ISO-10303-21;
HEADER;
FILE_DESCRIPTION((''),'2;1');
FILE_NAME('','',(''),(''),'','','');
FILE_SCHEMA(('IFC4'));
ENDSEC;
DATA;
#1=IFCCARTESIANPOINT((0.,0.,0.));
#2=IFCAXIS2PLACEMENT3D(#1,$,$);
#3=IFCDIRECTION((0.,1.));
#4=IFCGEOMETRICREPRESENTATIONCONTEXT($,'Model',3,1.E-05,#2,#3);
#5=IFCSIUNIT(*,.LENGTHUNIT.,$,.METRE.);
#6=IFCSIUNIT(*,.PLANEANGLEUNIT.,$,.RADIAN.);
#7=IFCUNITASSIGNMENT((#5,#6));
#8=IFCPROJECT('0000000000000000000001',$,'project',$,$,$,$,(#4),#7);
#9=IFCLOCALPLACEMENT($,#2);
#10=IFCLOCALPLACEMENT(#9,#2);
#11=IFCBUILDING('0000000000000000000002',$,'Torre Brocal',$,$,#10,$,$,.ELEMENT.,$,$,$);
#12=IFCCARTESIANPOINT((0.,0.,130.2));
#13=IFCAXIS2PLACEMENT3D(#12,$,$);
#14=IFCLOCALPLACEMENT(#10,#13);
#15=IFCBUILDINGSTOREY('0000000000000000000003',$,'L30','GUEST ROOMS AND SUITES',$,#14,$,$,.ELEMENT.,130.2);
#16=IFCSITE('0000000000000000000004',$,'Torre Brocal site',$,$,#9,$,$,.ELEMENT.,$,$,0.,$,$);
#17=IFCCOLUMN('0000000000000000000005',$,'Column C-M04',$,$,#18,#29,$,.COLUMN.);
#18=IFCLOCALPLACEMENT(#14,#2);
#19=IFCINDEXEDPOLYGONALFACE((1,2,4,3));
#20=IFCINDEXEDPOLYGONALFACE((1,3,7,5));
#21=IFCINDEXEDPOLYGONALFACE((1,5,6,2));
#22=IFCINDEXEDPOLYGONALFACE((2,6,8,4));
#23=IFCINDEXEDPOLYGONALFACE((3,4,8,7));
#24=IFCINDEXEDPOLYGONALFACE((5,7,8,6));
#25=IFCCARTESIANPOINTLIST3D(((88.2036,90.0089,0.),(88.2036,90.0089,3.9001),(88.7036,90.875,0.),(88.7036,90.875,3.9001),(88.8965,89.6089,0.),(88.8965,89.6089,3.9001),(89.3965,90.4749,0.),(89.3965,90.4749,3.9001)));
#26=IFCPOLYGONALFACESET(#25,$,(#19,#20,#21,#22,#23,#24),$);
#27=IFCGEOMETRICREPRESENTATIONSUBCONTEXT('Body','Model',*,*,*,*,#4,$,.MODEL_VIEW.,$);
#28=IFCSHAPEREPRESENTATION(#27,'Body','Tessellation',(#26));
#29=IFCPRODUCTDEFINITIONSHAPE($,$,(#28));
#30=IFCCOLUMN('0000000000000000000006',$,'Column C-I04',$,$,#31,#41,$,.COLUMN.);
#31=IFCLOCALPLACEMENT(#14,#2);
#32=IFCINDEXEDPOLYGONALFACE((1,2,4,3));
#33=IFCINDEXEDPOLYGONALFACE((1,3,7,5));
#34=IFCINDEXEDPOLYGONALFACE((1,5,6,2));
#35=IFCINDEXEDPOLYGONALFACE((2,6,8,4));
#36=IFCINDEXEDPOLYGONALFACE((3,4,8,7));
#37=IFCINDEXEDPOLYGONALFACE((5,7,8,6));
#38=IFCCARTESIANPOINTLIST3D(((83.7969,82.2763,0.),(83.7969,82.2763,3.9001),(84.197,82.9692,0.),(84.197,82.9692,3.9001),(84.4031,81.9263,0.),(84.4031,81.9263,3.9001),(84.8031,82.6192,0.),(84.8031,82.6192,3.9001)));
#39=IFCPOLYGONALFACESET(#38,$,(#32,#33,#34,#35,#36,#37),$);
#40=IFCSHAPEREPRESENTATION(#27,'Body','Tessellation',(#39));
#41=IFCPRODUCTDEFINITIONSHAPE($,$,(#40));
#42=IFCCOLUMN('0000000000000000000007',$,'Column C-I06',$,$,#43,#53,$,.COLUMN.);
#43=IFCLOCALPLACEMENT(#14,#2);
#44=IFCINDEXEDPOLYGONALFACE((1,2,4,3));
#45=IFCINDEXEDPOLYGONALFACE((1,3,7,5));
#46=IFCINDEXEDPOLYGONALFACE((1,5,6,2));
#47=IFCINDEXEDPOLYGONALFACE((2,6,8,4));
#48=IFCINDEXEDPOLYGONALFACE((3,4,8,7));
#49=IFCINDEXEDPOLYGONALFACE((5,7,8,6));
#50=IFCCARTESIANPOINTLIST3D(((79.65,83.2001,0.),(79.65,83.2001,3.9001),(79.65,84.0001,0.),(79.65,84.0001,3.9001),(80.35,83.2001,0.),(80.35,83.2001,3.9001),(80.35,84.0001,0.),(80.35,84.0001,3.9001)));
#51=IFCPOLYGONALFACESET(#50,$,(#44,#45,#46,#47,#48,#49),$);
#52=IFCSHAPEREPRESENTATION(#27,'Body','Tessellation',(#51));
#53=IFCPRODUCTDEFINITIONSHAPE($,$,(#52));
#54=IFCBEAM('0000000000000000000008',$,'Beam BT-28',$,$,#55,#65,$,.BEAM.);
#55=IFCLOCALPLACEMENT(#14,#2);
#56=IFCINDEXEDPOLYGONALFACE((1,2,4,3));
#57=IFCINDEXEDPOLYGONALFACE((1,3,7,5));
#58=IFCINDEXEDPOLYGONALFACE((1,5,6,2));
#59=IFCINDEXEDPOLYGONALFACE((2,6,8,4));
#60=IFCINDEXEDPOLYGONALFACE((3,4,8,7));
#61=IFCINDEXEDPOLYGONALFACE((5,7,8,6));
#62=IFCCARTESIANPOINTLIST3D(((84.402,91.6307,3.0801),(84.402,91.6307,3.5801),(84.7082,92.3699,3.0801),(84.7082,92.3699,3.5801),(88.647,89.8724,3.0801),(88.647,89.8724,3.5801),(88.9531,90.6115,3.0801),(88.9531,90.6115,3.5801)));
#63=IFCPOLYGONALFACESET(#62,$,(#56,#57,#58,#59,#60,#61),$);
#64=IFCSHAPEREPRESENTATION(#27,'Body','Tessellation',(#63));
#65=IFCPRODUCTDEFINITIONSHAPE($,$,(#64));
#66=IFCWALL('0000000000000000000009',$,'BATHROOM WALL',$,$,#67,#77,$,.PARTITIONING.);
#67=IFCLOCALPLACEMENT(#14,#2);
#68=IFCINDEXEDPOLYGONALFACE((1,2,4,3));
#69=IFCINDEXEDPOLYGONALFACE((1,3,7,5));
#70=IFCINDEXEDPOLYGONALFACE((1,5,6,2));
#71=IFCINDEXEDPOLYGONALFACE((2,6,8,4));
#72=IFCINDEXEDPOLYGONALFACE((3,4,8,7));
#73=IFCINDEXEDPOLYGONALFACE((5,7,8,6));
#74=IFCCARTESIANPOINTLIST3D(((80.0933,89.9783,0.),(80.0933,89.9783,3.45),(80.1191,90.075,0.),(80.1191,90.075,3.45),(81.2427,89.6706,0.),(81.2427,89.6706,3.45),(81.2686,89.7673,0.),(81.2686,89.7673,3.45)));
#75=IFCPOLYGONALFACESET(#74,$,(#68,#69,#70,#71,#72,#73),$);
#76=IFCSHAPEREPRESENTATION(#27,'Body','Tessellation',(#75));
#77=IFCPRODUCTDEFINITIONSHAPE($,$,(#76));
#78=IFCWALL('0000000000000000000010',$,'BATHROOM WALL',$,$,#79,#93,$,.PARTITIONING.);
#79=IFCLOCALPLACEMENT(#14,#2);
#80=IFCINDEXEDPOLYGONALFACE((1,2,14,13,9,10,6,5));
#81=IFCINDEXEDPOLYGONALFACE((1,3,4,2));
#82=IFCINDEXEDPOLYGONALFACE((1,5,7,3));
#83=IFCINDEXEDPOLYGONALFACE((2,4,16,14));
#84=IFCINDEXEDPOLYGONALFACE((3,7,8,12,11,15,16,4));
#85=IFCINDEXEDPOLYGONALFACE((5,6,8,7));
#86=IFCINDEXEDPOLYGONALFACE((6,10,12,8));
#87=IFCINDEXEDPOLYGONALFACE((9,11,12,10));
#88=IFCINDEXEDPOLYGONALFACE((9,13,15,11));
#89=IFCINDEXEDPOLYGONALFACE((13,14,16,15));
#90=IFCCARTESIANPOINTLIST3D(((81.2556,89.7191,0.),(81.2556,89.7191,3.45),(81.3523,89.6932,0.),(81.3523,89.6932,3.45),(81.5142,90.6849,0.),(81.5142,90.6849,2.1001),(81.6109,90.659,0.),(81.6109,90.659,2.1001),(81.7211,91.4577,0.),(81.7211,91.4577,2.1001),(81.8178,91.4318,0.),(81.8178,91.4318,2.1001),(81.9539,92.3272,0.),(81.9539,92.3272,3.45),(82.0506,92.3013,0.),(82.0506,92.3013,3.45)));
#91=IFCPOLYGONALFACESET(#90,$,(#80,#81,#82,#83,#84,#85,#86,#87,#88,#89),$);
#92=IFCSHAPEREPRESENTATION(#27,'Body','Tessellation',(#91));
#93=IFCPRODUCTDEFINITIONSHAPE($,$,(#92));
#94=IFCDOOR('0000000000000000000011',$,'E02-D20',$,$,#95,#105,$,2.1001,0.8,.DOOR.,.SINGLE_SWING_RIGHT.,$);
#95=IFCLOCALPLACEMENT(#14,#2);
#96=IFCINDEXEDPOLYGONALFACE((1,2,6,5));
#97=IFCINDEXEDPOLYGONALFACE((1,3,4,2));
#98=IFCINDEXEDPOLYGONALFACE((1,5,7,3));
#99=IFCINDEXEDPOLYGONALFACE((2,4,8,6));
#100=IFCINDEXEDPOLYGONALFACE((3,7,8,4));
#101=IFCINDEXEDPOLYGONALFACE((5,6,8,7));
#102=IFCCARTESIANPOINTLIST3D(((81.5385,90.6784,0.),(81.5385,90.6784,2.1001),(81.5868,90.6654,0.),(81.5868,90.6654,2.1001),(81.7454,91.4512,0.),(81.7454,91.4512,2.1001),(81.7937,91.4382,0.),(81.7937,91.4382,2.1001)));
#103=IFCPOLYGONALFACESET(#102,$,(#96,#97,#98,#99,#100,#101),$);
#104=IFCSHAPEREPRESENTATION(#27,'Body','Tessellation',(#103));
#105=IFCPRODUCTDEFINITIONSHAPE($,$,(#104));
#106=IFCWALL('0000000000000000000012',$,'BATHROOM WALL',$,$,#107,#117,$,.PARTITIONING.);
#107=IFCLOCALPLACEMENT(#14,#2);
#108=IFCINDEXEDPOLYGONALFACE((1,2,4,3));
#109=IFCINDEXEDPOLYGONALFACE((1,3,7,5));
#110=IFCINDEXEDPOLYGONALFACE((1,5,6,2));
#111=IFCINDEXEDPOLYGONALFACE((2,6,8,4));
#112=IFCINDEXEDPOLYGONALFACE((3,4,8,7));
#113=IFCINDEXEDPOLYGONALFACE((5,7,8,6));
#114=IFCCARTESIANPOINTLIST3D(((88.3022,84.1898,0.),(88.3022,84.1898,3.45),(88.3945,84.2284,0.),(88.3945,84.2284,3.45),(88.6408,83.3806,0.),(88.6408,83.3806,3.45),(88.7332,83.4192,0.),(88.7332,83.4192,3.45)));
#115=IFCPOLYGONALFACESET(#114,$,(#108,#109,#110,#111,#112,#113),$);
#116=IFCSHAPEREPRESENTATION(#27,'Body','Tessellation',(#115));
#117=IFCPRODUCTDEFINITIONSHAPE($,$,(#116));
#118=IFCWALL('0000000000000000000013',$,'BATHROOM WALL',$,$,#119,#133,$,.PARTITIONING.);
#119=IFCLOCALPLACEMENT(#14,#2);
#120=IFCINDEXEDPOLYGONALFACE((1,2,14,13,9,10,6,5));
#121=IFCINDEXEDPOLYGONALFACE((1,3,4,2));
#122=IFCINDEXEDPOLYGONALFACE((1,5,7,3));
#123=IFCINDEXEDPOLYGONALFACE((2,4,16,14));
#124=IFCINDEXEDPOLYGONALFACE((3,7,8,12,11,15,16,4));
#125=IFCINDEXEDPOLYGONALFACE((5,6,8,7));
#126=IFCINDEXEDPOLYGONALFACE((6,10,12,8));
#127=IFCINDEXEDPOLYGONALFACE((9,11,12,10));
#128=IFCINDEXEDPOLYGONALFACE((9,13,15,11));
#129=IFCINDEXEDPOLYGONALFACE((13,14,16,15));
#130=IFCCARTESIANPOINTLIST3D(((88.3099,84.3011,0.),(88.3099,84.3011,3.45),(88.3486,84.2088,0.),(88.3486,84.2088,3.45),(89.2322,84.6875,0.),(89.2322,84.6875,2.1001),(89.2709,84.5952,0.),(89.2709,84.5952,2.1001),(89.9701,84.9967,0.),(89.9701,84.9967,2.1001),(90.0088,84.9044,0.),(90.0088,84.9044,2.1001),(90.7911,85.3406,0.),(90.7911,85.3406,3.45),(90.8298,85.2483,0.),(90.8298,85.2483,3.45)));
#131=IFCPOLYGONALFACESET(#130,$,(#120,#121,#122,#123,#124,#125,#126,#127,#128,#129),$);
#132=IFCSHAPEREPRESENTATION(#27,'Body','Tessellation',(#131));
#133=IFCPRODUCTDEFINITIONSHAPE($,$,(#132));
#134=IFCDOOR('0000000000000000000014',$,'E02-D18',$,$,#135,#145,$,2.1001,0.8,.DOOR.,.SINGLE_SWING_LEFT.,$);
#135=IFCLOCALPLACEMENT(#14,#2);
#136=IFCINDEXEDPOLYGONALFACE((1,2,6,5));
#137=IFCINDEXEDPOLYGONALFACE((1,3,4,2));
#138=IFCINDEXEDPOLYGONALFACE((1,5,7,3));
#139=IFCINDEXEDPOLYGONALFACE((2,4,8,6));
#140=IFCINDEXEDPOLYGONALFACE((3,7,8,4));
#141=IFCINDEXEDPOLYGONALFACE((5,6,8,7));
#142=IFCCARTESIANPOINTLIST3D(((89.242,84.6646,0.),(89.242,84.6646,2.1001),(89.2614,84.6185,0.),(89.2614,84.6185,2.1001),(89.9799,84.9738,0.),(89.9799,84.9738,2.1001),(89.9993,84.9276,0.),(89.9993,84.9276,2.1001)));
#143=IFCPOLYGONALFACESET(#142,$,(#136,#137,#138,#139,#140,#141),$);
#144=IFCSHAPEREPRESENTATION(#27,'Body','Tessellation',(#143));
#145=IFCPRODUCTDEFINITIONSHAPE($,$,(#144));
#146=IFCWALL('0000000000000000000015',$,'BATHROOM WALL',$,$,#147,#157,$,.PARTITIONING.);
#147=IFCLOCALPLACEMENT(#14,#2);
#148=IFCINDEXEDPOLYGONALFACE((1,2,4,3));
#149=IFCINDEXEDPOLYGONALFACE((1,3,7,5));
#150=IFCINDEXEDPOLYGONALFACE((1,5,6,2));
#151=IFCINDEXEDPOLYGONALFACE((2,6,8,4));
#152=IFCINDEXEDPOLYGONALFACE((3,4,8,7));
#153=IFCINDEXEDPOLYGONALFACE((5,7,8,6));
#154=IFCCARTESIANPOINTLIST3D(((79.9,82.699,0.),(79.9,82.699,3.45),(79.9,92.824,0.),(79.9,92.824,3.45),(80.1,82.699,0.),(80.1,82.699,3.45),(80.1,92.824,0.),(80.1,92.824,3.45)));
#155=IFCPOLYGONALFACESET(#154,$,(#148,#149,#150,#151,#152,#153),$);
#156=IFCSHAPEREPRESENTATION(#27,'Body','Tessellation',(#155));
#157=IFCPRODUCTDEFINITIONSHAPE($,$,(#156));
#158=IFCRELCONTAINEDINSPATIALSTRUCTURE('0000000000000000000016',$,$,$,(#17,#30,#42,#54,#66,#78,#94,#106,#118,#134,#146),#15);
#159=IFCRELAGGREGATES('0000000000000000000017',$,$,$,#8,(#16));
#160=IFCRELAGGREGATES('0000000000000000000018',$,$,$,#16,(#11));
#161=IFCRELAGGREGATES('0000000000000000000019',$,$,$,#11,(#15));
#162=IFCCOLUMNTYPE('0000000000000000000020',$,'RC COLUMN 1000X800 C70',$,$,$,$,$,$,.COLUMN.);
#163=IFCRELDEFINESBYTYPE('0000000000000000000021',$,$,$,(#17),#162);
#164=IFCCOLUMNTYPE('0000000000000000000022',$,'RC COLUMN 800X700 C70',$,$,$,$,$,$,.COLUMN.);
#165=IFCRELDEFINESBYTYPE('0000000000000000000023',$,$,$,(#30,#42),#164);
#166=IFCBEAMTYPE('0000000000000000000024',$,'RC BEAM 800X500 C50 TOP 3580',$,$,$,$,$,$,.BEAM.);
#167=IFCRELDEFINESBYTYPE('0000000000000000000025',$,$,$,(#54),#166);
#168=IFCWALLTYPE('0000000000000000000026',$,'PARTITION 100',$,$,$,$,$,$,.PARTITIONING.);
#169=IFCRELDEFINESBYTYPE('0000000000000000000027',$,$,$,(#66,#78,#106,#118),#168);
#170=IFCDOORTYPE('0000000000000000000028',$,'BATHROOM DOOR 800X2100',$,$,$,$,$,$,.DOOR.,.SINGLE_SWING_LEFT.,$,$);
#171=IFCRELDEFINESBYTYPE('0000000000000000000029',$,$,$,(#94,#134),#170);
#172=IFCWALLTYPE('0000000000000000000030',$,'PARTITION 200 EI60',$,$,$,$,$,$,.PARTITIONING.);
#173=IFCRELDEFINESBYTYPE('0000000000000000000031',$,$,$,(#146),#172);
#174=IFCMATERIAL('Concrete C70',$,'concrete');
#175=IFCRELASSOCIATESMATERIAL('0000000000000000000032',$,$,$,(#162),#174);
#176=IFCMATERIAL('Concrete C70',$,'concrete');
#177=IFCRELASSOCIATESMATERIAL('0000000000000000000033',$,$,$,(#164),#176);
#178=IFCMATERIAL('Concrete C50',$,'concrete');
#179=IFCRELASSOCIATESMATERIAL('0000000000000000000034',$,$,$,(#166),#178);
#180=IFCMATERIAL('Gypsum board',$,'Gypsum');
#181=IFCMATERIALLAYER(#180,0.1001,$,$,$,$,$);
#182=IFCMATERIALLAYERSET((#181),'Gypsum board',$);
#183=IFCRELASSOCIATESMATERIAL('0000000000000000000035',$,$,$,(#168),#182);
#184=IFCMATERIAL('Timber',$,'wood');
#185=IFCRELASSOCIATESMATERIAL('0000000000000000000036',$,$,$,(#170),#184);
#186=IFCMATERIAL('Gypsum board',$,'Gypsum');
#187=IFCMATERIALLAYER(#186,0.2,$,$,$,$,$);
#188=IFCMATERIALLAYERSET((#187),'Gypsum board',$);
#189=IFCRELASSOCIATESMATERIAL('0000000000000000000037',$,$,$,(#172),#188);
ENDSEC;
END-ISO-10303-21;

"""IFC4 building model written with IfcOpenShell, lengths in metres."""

from ifc_helpers import new_model, si_unit, direction, frame, frame_2d, origin, origin_2d, place, context, subcontext, project, spatial, rectangle, extrude, material, layer, layer_set, material_profile, profile_set, type_object, element, fill, save


model = new_model("IFC4")

# Units and contexts
model_context = context("Model", 3, precision=1e-05, world=origin(), true_north=direction((0.0, 1.0)))
body_context = subcontext(model_context, "Body", "Model", "MODEL_VIEW")
ifc_project = project(units=[si_unit("LENGTHUNIT", "METRE"), si_unit("PLANEANGLEUNIT", "RADIAN")], contexts=[model_context])

# Site, building, storey
site_placement = place(None, origin())
site = spatial("IfcSite", under=ifc_project, at=site_placement, Name="Torre Brocal site", CompositionType="ELEMENT", RefElevation=0.0)
building_placement = place(site_placement, origin())
building = spatial("IfcBuilding", under=site, at=building_placement, Name="Torre Brocal", CompositionType="ELEMENT")
storey_placement = place(building_placement, frame((0.0, 0.0, 130.2)))
storey = spatial("IfcBuildingStorey", under=building, at=storey_placement, Name="L30", Description="GUEST ROOMS AND SUITES", CompositionType="ELEMENT", Elevation=130.2)

# Columns
ifc_material_1 = material(Name="Concrete C70", Category="concrete")
ifc_material_profile_1 = material_profile(ifc_material_1, rectangle(XDim=1.0, YDim=0.8, at=origin_2d()), Name="RC 1000X800")
ifc_profile_set_1 = profile_set([ifc_material_profile_1], Name="Concrete C70")
column_type_1 = type_object("IfcColumnType", Name="RC COLUMN 1000X800 C70", PredefinedType="COLUMN", material=ifc_profile_set_1)
column_placement = place(storey_placement, frame((88.8, 90.2419, 0.0), z_axis=(0.0, 0.0, 1.0), x_axis=(0.5, 0.866025, 0.0)))
element("IfcColumn", 1, at=column_placement, inside=storey, type_object=column_type_1, Name="Column C-M04", PredefinedType="COLUMN", context=body_context, shape_type="SweptSolid", body=[
    extrude(rectangle(XDim=1.0, YDim=0.8, at=origin_2d()), origin(), (0.0, 0.0, 1.0), 3.9001),
])
ifc_material_2 = material(Name="Concrete C70", Category="concrete")
ifc_material_profile_2 = material_profile(ifc_material_2, rectangle(XDim=0.8, YDim=0.7, at=origin_2d()), Name="RC 800X700")
ifc_profile_set_2 = profile_set([ifc_material_profile_2], Name="Concrete C70")
column_type_2 = type_object("IfcColumnType", Name="RC COLUMN 800X700 C70", PredefinedType="COLUMN", material=ifc_profile_set_2)
for number, where, z_axis, x_axis, name in (
    (2, (84.3, 82.4478, 0.0), (0.0, 0.0, 1.0), (0.5, 0.866025, 0.0), "Column C-I04"),
    (3, (80.0, 83.6001, 0.0), (0.0, 0.0, 1.0), (0.0, 1.0, 0.0), "Column C-I06"),
):
    element("IfcColumn", number, at=place(storey_placement, frame(where, z_axis=z_axis, x_axis=x_axis)), inside=storey, type_object=column_type_2, Name=name, PredefinedType="COLUMN", context=body_context, shape_type="SweptSolid", body=[
        extrude(rectangle(XDim=0.8, YDim=0.7, at=origin_2d()), origin(), (0.0, 0.0, 1.0), 3.9001),
    ])

# Beam
ifc_material_3 = material(Name="Concrete C50", Category="concrete")
ifc_material_profile_3 = material_profile(ifc_material_3, rectangle(XDim=0.8, YDim=0.5, at=origin_2d()), Name="RC 800X500")
ifc_profile_set_3 = profile_set([ifc_material_profile_3], Name="Concrete C50")
beam_type = type_object("IfcBeamType", Name="RC BEAM 800X500 C50 TOP 3580", PredefinedType="BEAM", material=ifc_profile_set_3)
beam_placement = place(storey_placement, frame((88.8, 90.2419, 3.3301), z_axis=(-0.923878, 0.382687, 0.0), x_axis=(-0.382687, -0.923878, 0.0)))
element("IfcBeam", 4, at=beam_placement, inside=storey, type_object=beam_type, Name="Beam BT-28", PredefinedType="BEAM", context=body_context, shape_type="SweptSolid", body=[
    extrude(rectangle(XDim=0.8, YDim=0.5, at=origin_2d()), origin(), (0.0, 0.0, 1.0), 4.5947),
])

# Wall
ifc_material_4 = material(Name="Gypsum board", Category="Gypsum")
ifc_layer_1 = layer(ifc_material_4, 0.1001)
ifc_layer_set_1 = layer_set([ifc_layer_1], Name="Gypsum board")
wall_type_1 = type_object("IfcWallType", Name="PARTITION 100", PredefinedType="PARTITIONING", material=ifc_layer_set_1)
wall_1_placement = place(storey_placement, frame((80.1062, 90.0266, 0.0), z_axis=(0.0, 0.0, 1.0), x_axis=(0.966003, -0.258531, 0.0)))
element("IfcWall", 5, at=wall_1_placement, inside=storey, type_object=wall_type_1, Name="BATHROOM WALL", PredefinedType="PARTITIONING", context=body_context, shape_type="SweptSolid", body=[
    extrude(rectangle(XDim=1.1899, YDim=0.1001, at=frame_2d((0.595, 0.0))), origin(), (0.0, 0.0, 1.0), 3.45),
])

# Wall, opening, door
wall_2_placement = place(storey_placement, frame((81.304, 89.7061, 0.0), z_axis=(0.0, 0.0, 1.0), x_axis=(0.258608, 0.965982, 0.0)))
wall_2 = element("IfcWall", 6, at=wall_2_placement, inside=storey, type_object=wall_type_1, Name="BATHROOM WALL", PredefinedType="PARTITIONING", context=body_context, shape_type="SweptSolid", body=[
    extrude(rectangle(XDim=2.7, YDim=0.1001, at=frame_2d((1.3501, 0.0))), origin(), (0.0, 0.0, 1.0), 3.45),
])
opening_1_placement = place(wall_2_placement, frame((1.0, 0.0, 0.0)))
opening_1 = element("IfcOpeningElement", 7, at=opening_1_placement, cuts=wall_2, PredefinedType="OPENING", context=body_context, shape_type="SweptSolid", body=[
    extrude(rectangle(XDim=0.8, YDim=2.1001, at=frame_2d((0.3999, 1.05))), frame((0.0, 0.0601, 0.0), z_axis=(0.0, -1.0, 0.0), x_axis=(1.0, 0.0, 0.0)), (0.0, 0.0, 1.0), 0.1201),
])
ifc_material_5 = material(Name="Timber", Category="wood")
door_type_1 = type_object("IfcDoorType", Name="BATHROOM DOOR 800X2100", OperationType="SINGLE_SWING_LEFT", PredefinedType="DOOR", material=ifc_material_5)
door_1_placement = place(opening_1_placement, origin())
door_1 = element("IfcDoor", 8, at=door_1_placement, inside=storey, type_object=door_type_1, Name="E02-D20", OperationType="SINGLE_SWING_RIGHT", OverallHeight=2.1001, OverallWidth=0.8, PredefinedType="DOOR", context=body_context, shape_type="SweptSolid", body=[
    extrude(rectangle(XDim=0.8, YDim=2.1001, at=frame_2d((0.3999, 1.05))), frame((0.0, 0.0249, 0.0), z_axis=(0.0, -1.0, 0.0), x_axis=(1.0, 0.0, 0.0)), (0.0, 0.0, 1.0), 0.05),
])
fill(opening_1, door_1)

# Wall
wall_3_placement = place(storey_placement, frame((88.3484, 84.209, 0.0), z_axis=(0.0, 0.0, 1.0), x_axis=(0.386077, -0.922466, 0.0)))
element("IfcWall", 9, at=wall_3_placement, inside=storey, type_object=wall_type_1, Name="BATHROOM WALL", PredefinedType="PARTITIONING", context=body_context, shape_type="SweptSolid", body=[
    extrude(rectangle(XDim=0.8772, YDim=0.1001, at=frame_2d((0.4385, 0.0))), origin(), (0.0, 0.0, 1.0), 3.45),
])

# Wall, opening, door
wall_4_placement = place(storey_placement, frame((88.3291, 84.2549, 0.0), z_axis=(0.0, 0.0, 1.0), x_axis=(0.922321, 0.386425, 0.0)))
wall_4 = element("IfcWall", 10, at=wall_4_placement, inside=storey, type_object=wall_type_1, Name="BATHROOM WALL", PredefinedType="PARTITIONING", context=body_context, shape_type="SweptSolid", body=[
    extrude(rectangle(XDim=2.6902, YDim=0.1001, at=frame_2d((1.3452, 0.0))), origin(), (0.0, 0.0, 1.0), 3.45),
])
opening_2_placement = place(wall_4_placement, frame((1.0002, 0.0, 0.0)))
opening_2 = element("IfcOpeningElement", 11, at=opening_2_placement, cuts=wall_4, PredefinedType="OPENING", context=body_context, shape_type="SweptSolid", body=[
    extrude(rectangle(XDim=0.8, YDim=2.1001, at=frame_2d((0.3999, 1.05))), frame((0.0, 0.0601, 0.0), z_axis=(0.0, -1.0, 0.0), x_axis=(1.0, 0.0, 0.0)), (0.0, 0.0, 1.0), 0.1201),
])
door_2_placement = place(opening_2_placement, frame((0.8, 0.0, 0.0), z_axis=(0.0, 0.0, 1.0), x_axis=(-1.0, 0.0, 0.0)))
door_2 = element("IfcDoor", 12, at=door_2_placement, inside=storey, type_object=door_type_1, Name="E02-D18", OperationType="SINGLE_SWING_LEFT", OverallHeight=2.1001, OverallWidth=0.8, PredefinedType="DOOR", context=body_context, shape_type="SweptSolid", body=[
    extrude(rectangle(XDim=0.8, YDim=2.1001, at=frame_2d((0.3999, 1.05))), frame((0.0, 0.0249, 0.0), z_axis=(0.0, -1.0, 0.0), x_axis=(1.0, 0.0, 0.0)), (0.0, 0.0, 1.0), 0.05),
])
fill(opening_2, door_2)

# Wall
ifc_material_6 = material(Name="Gypsum board", Category="Gypsum")
ifc_layer_2 = layer(ifc_material_6, 0.2)
ifc_layer_set_2 = layer_set([ifc_layer_2], Name="Gypsum board")
wall_type_2 = type_object("IfcWallType", Name="PARTITION 200 EI60", PredefinedType="PARTITIONING", material=ifc_layer_set_2)
wall_5_placement = place(storey_placement, frame((80.0, 82.699, 0.0), z_axis=(0.0, 0.0, 1.0), x_axis=(0.0, 1.0, 0.0)))
element("IfcWall", 13, at=wall_5_placement, inside=storey, type_object=wall_type_2, Name="BATHROOM WALL", PredefinedType="PARTITIONING", context=body_context, shape_type="SweptSolid", body=[
    extrude(rectangle(XDim=10.125, YDim=0.2, at=frame_2d((5.0625, 0.0))), origin(), (0.0, 0.0, 1.0), 3.45),
])

save(model, "model.ifc")
